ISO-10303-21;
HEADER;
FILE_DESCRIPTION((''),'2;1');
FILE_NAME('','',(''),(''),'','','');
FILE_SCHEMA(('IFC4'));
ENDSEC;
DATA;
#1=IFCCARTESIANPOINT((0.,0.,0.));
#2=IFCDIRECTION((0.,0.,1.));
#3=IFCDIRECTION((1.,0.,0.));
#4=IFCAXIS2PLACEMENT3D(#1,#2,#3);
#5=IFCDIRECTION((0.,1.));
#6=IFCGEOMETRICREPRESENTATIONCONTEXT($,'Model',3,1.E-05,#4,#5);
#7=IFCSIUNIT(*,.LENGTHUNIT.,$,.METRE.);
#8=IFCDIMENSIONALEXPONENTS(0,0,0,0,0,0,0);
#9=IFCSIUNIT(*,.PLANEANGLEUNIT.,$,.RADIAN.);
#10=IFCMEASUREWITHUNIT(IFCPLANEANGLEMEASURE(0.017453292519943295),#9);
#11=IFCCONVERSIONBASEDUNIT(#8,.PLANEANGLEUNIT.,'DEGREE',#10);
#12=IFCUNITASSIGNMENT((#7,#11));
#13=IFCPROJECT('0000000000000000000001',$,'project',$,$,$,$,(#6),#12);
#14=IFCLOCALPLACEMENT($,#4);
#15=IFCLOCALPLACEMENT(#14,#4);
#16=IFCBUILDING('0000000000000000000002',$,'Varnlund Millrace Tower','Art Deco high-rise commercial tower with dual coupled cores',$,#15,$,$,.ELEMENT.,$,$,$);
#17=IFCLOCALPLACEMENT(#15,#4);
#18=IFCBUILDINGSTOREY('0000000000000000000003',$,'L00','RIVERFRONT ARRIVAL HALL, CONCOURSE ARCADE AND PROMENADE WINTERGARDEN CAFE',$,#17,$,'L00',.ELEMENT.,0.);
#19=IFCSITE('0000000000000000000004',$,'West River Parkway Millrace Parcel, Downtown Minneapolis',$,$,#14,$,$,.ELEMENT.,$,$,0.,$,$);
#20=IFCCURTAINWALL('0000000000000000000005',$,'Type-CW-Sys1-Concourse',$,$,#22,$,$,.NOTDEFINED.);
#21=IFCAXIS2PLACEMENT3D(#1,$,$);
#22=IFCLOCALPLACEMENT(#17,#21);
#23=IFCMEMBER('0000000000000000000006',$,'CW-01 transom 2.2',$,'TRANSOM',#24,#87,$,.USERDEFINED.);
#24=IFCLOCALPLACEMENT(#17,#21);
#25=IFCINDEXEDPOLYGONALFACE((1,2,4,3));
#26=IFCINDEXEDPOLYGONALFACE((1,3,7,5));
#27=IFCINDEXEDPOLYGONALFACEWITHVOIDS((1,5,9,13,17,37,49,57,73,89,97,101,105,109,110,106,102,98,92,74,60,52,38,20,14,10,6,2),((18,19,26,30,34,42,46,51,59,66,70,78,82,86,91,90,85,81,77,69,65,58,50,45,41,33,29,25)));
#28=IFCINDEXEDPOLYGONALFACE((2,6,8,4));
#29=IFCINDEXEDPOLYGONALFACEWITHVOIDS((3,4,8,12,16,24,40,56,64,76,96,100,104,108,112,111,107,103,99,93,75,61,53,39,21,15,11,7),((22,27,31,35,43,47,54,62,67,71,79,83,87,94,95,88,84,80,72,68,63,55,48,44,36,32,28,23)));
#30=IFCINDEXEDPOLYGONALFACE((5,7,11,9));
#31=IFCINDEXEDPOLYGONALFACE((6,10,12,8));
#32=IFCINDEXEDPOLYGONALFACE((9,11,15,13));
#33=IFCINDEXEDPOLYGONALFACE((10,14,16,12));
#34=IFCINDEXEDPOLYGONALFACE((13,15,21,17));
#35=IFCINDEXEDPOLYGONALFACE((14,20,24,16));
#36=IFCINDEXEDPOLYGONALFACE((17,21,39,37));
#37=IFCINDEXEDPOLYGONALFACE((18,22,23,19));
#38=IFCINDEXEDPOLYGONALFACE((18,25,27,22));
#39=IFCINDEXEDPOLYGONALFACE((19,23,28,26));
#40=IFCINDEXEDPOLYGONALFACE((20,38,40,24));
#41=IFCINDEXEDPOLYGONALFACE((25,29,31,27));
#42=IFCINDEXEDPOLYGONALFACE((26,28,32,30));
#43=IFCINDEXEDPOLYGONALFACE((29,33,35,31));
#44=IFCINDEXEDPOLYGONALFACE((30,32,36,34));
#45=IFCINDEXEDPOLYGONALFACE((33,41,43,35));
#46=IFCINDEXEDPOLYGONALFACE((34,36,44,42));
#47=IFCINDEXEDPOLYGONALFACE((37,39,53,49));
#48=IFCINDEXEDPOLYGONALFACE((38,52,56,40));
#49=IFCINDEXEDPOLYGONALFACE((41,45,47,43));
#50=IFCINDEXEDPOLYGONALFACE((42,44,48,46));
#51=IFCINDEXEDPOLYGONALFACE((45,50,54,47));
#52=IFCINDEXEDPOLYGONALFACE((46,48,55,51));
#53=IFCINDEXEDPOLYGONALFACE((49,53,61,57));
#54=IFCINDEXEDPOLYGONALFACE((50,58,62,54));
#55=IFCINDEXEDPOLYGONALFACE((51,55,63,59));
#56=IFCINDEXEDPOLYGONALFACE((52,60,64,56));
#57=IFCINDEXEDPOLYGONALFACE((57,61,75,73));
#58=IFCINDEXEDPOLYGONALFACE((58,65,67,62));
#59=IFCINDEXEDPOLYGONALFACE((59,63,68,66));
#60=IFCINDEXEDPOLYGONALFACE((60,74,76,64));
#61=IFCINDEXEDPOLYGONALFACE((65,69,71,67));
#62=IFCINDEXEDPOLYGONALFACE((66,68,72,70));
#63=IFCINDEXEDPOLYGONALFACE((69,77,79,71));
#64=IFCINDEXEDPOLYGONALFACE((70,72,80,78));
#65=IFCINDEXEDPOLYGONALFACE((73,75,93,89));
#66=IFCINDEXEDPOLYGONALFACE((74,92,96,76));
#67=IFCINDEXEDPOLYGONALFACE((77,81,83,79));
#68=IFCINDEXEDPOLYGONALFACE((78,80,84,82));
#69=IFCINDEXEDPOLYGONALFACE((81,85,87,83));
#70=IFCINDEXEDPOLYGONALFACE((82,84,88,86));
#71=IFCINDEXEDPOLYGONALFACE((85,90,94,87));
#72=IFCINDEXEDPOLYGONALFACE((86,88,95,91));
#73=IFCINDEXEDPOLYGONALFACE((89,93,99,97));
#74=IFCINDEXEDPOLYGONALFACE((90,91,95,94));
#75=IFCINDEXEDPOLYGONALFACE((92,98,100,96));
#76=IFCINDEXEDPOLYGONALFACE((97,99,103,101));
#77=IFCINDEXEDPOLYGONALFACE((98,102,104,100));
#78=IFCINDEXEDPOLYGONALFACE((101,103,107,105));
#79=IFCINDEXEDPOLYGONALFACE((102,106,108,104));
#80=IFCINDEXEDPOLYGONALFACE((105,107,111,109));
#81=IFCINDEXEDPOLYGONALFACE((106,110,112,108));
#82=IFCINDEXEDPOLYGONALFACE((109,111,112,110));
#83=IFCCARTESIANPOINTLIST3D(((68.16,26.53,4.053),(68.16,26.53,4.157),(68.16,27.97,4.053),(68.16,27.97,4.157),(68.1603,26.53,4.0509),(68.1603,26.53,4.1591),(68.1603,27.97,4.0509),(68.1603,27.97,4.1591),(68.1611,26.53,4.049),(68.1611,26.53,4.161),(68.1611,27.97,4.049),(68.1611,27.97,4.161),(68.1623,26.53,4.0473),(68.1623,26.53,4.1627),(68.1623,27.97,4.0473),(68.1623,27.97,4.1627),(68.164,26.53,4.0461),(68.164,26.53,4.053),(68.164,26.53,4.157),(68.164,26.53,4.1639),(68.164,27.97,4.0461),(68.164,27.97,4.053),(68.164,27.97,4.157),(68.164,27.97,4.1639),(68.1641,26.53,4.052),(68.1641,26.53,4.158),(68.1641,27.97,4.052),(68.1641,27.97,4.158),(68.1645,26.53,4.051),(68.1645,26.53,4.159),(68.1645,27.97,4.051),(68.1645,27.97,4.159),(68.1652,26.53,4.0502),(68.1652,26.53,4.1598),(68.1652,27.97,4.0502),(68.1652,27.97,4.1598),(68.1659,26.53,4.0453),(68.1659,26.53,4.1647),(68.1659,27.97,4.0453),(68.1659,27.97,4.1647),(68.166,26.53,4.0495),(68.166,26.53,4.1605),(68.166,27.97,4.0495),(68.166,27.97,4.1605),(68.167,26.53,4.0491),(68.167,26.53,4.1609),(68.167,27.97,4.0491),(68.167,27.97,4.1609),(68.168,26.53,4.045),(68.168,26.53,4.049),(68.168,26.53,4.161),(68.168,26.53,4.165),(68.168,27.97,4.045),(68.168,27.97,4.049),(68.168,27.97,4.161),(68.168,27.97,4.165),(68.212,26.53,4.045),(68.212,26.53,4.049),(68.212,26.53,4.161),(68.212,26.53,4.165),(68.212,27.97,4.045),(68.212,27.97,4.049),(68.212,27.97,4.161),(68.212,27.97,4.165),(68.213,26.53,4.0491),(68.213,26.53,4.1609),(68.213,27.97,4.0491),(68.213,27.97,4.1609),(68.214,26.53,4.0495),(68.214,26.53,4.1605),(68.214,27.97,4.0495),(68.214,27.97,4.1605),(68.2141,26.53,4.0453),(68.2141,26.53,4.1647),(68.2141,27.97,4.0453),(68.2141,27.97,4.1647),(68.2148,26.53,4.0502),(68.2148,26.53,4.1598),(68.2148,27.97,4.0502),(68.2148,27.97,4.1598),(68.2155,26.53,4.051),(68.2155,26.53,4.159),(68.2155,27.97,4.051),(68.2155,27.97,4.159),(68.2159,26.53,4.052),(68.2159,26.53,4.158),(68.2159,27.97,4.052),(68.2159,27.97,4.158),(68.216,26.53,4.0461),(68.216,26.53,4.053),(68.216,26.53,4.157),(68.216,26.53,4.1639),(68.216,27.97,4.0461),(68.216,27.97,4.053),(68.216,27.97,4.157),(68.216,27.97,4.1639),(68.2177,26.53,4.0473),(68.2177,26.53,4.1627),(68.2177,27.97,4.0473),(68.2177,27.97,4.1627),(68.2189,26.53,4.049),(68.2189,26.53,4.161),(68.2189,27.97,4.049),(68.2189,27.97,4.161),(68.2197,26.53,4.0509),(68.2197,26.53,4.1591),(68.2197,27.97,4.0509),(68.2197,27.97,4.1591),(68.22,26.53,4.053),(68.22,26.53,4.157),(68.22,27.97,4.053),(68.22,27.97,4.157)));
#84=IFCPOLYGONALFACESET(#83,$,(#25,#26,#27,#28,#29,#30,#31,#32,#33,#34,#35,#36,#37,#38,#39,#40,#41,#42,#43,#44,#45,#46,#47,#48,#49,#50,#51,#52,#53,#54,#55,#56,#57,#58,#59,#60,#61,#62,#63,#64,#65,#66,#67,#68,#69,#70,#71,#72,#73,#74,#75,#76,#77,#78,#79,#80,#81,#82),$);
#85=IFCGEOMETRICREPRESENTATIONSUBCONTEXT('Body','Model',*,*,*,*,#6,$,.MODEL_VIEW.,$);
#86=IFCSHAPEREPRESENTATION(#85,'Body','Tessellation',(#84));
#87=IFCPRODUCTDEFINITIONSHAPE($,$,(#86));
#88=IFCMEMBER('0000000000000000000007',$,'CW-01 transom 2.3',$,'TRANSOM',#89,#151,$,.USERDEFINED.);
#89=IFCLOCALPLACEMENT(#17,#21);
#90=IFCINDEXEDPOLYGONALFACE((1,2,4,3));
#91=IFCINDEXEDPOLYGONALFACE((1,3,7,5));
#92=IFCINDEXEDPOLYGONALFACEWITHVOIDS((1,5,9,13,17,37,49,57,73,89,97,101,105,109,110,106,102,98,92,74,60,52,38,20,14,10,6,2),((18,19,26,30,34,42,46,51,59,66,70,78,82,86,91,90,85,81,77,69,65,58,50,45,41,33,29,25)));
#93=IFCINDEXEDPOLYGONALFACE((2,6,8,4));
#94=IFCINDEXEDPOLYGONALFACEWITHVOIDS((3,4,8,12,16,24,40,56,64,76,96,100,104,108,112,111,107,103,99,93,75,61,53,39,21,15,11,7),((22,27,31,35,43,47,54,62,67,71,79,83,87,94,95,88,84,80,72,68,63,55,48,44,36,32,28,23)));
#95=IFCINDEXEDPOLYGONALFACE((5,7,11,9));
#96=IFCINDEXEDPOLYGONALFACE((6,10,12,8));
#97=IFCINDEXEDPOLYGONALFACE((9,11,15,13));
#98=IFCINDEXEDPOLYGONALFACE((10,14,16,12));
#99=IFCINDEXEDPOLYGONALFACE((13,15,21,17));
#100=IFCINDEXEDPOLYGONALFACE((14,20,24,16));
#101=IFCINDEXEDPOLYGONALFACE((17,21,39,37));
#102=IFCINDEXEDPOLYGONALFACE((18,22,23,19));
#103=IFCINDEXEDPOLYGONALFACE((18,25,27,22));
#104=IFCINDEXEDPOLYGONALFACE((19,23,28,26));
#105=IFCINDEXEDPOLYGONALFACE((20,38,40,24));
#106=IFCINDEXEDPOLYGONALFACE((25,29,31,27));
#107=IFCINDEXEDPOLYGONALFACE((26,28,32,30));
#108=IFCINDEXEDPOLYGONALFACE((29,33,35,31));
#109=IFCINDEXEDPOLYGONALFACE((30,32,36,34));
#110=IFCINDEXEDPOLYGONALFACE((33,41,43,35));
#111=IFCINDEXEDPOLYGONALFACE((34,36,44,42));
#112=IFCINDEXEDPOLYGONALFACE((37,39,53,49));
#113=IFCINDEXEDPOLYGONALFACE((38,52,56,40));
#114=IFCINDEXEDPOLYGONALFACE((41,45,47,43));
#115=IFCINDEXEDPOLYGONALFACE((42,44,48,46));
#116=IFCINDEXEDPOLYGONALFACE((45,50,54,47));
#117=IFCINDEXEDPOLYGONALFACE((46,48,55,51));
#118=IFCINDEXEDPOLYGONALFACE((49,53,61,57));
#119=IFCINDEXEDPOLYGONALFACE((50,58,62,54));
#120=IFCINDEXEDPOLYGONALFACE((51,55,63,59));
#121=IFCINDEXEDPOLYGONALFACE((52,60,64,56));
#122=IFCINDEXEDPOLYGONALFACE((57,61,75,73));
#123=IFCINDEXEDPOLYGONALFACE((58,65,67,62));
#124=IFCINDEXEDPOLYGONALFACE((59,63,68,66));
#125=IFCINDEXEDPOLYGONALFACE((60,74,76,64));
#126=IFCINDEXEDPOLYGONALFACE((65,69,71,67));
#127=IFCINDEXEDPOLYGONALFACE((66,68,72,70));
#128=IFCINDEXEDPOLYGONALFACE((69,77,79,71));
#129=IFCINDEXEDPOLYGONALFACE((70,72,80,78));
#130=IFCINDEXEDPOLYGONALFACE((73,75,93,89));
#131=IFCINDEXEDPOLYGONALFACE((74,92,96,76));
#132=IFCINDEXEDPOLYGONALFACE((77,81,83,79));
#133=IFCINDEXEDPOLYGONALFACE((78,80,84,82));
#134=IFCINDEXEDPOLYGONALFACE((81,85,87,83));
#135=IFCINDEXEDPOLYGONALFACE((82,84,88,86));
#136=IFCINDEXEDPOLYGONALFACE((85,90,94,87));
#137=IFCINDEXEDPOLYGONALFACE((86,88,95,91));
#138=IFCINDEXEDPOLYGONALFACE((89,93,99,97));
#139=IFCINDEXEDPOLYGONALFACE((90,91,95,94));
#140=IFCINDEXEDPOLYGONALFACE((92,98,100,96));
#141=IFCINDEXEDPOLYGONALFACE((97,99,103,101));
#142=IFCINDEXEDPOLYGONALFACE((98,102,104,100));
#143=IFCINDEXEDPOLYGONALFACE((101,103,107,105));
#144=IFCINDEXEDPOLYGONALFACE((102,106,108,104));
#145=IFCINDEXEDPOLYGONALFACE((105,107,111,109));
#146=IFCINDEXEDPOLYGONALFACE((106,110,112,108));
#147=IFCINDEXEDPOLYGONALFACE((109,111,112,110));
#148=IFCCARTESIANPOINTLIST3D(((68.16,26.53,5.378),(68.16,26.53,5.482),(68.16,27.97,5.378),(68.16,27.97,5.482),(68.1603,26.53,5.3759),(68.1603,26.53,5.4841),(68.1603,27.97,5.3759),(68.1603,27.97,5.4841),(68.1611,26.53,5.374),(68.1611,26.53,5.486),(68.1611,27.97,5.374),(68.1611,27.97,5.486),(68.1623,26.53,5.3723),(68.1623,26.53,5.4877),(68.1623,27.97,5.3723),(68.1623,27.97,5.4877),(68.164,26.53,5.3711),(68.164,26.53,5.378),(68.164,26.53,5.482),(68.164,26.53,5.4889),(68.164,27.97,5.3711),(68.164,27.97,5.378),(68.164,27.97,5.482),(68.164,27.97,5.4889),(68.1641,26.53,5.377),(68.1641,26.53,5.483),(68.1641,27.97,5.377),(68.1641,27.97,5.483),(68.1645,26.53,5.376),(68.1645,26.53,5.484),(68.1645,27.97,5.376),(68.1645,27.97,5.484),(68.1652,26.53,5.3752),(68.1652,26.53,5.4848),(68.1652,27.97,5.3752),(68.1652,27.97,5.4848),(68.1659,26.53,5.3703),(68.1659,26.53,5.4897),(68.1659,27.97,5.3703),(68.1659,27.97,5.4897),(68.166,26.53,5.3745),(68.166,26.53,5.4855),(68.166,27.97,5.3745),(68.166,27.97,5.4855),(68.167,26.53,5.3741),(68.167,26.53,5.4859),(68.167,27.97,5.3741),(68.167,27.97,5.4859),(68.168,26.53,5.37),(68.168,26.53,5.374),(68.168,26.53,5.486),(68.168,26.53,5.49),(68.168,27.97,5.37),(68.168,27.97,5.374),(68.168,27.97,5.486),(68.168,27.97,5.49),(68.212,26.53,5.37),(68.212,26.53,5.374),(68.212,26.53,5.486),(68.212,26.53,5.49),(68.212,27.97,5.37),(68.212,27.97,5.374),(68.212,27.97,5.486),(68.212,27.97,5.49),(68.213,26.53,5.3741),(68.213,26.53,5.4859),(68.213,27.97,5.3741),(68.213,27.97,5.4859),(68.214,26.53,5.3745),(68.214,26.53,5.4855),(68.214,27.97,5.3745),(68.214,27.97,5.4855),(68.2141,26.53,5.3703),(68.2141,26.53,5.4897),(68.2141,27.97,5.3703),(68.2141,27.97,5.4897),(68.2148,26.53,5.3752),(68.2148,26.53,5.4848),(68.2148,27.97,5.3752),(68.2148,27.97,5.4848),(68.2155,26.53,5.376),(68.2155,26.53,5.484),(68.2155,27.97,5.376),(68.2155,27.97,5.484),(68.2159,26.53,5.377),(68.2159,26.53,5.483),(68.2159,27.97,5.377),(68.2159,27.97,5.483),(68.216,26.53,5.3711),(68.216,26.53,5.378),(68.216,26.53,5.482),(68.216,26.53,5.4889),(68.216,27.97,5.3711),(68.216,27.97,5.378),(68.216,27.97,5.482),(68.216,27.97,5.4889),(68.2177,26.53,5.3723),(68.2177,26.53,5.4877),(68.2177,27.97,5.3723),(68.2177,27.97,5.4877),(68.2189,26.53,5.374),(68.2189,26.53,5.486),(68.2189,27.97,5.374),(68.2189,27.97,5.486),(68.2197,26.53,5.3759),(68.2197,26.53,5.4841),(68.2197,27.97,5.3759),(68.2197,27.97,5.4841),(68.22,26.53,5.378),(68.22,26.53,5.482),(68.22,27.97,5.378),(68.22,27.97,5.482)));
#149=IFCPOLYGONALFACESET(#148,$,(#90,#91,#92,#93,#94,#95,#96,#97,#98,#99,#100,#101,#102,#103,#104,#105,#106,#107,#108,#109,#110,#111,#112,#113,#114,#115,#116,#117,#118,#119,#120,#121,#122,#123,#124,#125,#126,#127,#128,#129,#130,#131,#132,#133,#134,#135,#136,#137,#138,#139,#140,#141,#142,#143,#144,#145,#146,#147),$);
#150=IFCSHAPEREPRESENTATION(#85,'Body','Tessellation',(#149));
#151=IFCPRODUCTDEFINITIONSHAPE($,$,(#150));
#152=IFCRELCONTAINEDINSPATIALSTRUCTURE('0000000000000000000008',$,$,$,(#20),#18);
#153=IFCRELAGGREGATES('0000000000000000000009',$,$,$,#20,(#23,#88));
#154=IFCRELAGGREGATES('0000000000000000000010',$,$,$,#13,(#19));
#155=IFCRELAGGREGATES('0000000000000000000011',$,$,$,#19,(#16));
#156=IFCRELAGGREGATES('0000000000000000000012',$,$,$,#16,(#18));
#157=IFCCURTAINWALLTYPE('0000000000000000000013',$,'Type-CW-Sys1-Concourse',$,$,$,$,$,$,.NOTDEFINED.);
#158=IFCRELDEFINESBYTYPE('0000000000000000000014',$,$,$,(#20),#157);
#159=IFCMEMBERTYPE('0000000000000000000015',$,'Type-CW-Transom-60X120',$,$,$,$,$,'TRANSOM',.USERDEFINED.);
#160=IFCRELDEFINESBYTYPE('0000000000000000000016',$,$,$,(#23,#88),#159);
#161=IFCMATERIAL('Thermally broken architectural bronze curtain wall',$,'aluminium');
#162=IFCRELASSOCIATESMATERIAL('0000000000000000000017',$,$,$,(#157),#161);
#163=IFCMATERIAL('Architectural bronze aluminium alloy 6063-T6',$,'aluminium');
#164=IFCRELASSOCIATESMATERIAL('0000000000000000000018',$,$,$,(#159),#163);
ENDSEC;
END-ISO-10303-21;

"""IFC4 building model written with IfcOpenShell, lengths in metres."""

from ifc_helpers import new_model, entity, si_unit, converted_unit, direction, frame, origin_with_axes, origin_2d_with_axis, place, context, subcontext, project, spatial, hollow_rectangle, extrude, material, material_profile, profile_set, type_object, element, aggregate, save


model = new_model("IFC4")

# Units and contexts
model_context = context("Model", 3, precision=1e-05, world=origin_with_axes(), true_north=direction((0.0, 1.0)))
body_context = subcontext(model_context, "Body", "Model", "MODEL_VIEW")
ifc_project = project(units=[si_unit("LENGTHUNIT", "METRE"), converted_unit("PLANEANGLEUNIT", "DEGREE", entity("IfcPlaneAngleMeasure", 0.017453292519943295), si_unit("PLANEANGLEUNIT", "RADIAN"), dimensions=[0, 0, 0, 0, 0, 0, 0])], contexts=[model_context])

# Site, building, storey
site_placement = place(None, origin_with_axes())
site = spatial("IfcSite", under=ifc_project, at=site_placement, Name="West River Parkway Millrace Parcel, Downtown Minneapolis", CompositionType="ELEMENT", RefElevation=0.0)
building_placement = place(site_placement, origin_with_axes())
building = spatial("IfcBuilding", under=site, at=building_placement, Name="Varnlund Millrace Tower", Description="Art Deco high-rise commercial tower with dual coupled cores", CompositionType="ELEMENT")
storey_placement = place(building_placement, origin_with_axes())
storey = spatial("IfcBuildingStorey", under=building, at=storey_placement, Name="L00", Description="RIVERFRONT ARRIVAL HALL, CONCOURSE ARCADE AND PROMENADE WINTERGARDEN CAFE", LongName="L00", CompositionType="ELEMENT", Elevation=0.0)

# Curtain wall
ifc_material_1 = material(Name="Thermally broken architectural bronze curtain wall", Category="aluminium")
curtain_wall_type = type_object("IfcCurtainWallType", Name="Type-CW-Sys1-Concourse", PredefinedType="NOTDEFINED", material=ifc_material_1)
ifc_material_2 = material(Name="Architectural bronze aluminium alloy 6063-T6", Category="aluminium")
curtain_wall_1_placement = place(storey_placement, frame((68.19, 29.5, 2.75), z_axis=(0.0, 0.0, 1.0), x_axis=(1.0, 0.0, 0.0)))
curtain_wall_1 = element("IfcCurtainWall", 1, at=curtain_wall_1_placement, inside=storey, type_object=curtain_wall_type, Name="Type-CW-Sys1-Concourse", PredefinedType="NOTDEFINED")

# Members
ifc_material_profile_1 = material_profile(ifc_material_2, hollow_rectangle(XDim=0.06, YDim=0.12, WallThickness=0.004, InnerFilletRadius=0.004, OuterFilletRadius=0.008, at=origin_2d_with_axis()), Name="Architectural bronze aluminium alloy 6063-T6")
ifc_profile_set_1 = profile_set([ifc_material_profile_1], Name="Architectural bronze aluminium alloy 6063-T6")
member_type_1 = type_object("IfcMemberType", Name="Type-CW-Transom-60X120", ElementType="TRANSOM", PredefinedType="USERDEFINED", material=ifc_profile_set_1)
member_1_placement = place(storey_placement, frame((68.19, 27.97, 4.105), z_axis=(0.0, -1.0, 0.0), x_axis=(1.0, 0.0, 0.0)))
member_1 = element("IfcMember", 2, at=member_1_placement, type_object=member_type_1, Name="CW-01 transom 2.2", ObjectType="TRANSOM", PredefinedType="USERDEFINED", context=body_context, shape_type="SweptSolid", body=[
    extrude(hollow_rectangle(XDim=0.06, YDim=0.12, WallThickness=0.004, InnerFilletRadius=0.004, OuterFilletRadius=0.008, at=origin_2d_with_axis()), origin_with_axes(), (0.0, 0.0, 1.0), 1.44),
])
member_2_placement = place(storey_placement, frame((68.19, 27.97, 5.43), z_axis=(0.0, -1.0, 0.0), x_axis=(1.0, 0.0, 0.0)))
member_2 = element("IfcMember", 3, at=member_2_placement, type_object=member_type_1, Name="CW-01 transom 2.3", ObjectType="TRANSOM", PredefinedType="USERDEFINED", context=body_context, shape_type="SweptSolid", body=[
    extrude(hollow_rectangle(XDim=0.06, YDim=0.12, WallThickness=0.004, InnerFilletRadius=0.004, OuterFilletRadius=0.008, at=origin_2d_with_axis()), origin_with_axes(), (0.0, 0.0, 1.0), 1.44),
])

aggregate(curtain_wall_1, [member_1, member_2])

save(model, "model.ifc")
